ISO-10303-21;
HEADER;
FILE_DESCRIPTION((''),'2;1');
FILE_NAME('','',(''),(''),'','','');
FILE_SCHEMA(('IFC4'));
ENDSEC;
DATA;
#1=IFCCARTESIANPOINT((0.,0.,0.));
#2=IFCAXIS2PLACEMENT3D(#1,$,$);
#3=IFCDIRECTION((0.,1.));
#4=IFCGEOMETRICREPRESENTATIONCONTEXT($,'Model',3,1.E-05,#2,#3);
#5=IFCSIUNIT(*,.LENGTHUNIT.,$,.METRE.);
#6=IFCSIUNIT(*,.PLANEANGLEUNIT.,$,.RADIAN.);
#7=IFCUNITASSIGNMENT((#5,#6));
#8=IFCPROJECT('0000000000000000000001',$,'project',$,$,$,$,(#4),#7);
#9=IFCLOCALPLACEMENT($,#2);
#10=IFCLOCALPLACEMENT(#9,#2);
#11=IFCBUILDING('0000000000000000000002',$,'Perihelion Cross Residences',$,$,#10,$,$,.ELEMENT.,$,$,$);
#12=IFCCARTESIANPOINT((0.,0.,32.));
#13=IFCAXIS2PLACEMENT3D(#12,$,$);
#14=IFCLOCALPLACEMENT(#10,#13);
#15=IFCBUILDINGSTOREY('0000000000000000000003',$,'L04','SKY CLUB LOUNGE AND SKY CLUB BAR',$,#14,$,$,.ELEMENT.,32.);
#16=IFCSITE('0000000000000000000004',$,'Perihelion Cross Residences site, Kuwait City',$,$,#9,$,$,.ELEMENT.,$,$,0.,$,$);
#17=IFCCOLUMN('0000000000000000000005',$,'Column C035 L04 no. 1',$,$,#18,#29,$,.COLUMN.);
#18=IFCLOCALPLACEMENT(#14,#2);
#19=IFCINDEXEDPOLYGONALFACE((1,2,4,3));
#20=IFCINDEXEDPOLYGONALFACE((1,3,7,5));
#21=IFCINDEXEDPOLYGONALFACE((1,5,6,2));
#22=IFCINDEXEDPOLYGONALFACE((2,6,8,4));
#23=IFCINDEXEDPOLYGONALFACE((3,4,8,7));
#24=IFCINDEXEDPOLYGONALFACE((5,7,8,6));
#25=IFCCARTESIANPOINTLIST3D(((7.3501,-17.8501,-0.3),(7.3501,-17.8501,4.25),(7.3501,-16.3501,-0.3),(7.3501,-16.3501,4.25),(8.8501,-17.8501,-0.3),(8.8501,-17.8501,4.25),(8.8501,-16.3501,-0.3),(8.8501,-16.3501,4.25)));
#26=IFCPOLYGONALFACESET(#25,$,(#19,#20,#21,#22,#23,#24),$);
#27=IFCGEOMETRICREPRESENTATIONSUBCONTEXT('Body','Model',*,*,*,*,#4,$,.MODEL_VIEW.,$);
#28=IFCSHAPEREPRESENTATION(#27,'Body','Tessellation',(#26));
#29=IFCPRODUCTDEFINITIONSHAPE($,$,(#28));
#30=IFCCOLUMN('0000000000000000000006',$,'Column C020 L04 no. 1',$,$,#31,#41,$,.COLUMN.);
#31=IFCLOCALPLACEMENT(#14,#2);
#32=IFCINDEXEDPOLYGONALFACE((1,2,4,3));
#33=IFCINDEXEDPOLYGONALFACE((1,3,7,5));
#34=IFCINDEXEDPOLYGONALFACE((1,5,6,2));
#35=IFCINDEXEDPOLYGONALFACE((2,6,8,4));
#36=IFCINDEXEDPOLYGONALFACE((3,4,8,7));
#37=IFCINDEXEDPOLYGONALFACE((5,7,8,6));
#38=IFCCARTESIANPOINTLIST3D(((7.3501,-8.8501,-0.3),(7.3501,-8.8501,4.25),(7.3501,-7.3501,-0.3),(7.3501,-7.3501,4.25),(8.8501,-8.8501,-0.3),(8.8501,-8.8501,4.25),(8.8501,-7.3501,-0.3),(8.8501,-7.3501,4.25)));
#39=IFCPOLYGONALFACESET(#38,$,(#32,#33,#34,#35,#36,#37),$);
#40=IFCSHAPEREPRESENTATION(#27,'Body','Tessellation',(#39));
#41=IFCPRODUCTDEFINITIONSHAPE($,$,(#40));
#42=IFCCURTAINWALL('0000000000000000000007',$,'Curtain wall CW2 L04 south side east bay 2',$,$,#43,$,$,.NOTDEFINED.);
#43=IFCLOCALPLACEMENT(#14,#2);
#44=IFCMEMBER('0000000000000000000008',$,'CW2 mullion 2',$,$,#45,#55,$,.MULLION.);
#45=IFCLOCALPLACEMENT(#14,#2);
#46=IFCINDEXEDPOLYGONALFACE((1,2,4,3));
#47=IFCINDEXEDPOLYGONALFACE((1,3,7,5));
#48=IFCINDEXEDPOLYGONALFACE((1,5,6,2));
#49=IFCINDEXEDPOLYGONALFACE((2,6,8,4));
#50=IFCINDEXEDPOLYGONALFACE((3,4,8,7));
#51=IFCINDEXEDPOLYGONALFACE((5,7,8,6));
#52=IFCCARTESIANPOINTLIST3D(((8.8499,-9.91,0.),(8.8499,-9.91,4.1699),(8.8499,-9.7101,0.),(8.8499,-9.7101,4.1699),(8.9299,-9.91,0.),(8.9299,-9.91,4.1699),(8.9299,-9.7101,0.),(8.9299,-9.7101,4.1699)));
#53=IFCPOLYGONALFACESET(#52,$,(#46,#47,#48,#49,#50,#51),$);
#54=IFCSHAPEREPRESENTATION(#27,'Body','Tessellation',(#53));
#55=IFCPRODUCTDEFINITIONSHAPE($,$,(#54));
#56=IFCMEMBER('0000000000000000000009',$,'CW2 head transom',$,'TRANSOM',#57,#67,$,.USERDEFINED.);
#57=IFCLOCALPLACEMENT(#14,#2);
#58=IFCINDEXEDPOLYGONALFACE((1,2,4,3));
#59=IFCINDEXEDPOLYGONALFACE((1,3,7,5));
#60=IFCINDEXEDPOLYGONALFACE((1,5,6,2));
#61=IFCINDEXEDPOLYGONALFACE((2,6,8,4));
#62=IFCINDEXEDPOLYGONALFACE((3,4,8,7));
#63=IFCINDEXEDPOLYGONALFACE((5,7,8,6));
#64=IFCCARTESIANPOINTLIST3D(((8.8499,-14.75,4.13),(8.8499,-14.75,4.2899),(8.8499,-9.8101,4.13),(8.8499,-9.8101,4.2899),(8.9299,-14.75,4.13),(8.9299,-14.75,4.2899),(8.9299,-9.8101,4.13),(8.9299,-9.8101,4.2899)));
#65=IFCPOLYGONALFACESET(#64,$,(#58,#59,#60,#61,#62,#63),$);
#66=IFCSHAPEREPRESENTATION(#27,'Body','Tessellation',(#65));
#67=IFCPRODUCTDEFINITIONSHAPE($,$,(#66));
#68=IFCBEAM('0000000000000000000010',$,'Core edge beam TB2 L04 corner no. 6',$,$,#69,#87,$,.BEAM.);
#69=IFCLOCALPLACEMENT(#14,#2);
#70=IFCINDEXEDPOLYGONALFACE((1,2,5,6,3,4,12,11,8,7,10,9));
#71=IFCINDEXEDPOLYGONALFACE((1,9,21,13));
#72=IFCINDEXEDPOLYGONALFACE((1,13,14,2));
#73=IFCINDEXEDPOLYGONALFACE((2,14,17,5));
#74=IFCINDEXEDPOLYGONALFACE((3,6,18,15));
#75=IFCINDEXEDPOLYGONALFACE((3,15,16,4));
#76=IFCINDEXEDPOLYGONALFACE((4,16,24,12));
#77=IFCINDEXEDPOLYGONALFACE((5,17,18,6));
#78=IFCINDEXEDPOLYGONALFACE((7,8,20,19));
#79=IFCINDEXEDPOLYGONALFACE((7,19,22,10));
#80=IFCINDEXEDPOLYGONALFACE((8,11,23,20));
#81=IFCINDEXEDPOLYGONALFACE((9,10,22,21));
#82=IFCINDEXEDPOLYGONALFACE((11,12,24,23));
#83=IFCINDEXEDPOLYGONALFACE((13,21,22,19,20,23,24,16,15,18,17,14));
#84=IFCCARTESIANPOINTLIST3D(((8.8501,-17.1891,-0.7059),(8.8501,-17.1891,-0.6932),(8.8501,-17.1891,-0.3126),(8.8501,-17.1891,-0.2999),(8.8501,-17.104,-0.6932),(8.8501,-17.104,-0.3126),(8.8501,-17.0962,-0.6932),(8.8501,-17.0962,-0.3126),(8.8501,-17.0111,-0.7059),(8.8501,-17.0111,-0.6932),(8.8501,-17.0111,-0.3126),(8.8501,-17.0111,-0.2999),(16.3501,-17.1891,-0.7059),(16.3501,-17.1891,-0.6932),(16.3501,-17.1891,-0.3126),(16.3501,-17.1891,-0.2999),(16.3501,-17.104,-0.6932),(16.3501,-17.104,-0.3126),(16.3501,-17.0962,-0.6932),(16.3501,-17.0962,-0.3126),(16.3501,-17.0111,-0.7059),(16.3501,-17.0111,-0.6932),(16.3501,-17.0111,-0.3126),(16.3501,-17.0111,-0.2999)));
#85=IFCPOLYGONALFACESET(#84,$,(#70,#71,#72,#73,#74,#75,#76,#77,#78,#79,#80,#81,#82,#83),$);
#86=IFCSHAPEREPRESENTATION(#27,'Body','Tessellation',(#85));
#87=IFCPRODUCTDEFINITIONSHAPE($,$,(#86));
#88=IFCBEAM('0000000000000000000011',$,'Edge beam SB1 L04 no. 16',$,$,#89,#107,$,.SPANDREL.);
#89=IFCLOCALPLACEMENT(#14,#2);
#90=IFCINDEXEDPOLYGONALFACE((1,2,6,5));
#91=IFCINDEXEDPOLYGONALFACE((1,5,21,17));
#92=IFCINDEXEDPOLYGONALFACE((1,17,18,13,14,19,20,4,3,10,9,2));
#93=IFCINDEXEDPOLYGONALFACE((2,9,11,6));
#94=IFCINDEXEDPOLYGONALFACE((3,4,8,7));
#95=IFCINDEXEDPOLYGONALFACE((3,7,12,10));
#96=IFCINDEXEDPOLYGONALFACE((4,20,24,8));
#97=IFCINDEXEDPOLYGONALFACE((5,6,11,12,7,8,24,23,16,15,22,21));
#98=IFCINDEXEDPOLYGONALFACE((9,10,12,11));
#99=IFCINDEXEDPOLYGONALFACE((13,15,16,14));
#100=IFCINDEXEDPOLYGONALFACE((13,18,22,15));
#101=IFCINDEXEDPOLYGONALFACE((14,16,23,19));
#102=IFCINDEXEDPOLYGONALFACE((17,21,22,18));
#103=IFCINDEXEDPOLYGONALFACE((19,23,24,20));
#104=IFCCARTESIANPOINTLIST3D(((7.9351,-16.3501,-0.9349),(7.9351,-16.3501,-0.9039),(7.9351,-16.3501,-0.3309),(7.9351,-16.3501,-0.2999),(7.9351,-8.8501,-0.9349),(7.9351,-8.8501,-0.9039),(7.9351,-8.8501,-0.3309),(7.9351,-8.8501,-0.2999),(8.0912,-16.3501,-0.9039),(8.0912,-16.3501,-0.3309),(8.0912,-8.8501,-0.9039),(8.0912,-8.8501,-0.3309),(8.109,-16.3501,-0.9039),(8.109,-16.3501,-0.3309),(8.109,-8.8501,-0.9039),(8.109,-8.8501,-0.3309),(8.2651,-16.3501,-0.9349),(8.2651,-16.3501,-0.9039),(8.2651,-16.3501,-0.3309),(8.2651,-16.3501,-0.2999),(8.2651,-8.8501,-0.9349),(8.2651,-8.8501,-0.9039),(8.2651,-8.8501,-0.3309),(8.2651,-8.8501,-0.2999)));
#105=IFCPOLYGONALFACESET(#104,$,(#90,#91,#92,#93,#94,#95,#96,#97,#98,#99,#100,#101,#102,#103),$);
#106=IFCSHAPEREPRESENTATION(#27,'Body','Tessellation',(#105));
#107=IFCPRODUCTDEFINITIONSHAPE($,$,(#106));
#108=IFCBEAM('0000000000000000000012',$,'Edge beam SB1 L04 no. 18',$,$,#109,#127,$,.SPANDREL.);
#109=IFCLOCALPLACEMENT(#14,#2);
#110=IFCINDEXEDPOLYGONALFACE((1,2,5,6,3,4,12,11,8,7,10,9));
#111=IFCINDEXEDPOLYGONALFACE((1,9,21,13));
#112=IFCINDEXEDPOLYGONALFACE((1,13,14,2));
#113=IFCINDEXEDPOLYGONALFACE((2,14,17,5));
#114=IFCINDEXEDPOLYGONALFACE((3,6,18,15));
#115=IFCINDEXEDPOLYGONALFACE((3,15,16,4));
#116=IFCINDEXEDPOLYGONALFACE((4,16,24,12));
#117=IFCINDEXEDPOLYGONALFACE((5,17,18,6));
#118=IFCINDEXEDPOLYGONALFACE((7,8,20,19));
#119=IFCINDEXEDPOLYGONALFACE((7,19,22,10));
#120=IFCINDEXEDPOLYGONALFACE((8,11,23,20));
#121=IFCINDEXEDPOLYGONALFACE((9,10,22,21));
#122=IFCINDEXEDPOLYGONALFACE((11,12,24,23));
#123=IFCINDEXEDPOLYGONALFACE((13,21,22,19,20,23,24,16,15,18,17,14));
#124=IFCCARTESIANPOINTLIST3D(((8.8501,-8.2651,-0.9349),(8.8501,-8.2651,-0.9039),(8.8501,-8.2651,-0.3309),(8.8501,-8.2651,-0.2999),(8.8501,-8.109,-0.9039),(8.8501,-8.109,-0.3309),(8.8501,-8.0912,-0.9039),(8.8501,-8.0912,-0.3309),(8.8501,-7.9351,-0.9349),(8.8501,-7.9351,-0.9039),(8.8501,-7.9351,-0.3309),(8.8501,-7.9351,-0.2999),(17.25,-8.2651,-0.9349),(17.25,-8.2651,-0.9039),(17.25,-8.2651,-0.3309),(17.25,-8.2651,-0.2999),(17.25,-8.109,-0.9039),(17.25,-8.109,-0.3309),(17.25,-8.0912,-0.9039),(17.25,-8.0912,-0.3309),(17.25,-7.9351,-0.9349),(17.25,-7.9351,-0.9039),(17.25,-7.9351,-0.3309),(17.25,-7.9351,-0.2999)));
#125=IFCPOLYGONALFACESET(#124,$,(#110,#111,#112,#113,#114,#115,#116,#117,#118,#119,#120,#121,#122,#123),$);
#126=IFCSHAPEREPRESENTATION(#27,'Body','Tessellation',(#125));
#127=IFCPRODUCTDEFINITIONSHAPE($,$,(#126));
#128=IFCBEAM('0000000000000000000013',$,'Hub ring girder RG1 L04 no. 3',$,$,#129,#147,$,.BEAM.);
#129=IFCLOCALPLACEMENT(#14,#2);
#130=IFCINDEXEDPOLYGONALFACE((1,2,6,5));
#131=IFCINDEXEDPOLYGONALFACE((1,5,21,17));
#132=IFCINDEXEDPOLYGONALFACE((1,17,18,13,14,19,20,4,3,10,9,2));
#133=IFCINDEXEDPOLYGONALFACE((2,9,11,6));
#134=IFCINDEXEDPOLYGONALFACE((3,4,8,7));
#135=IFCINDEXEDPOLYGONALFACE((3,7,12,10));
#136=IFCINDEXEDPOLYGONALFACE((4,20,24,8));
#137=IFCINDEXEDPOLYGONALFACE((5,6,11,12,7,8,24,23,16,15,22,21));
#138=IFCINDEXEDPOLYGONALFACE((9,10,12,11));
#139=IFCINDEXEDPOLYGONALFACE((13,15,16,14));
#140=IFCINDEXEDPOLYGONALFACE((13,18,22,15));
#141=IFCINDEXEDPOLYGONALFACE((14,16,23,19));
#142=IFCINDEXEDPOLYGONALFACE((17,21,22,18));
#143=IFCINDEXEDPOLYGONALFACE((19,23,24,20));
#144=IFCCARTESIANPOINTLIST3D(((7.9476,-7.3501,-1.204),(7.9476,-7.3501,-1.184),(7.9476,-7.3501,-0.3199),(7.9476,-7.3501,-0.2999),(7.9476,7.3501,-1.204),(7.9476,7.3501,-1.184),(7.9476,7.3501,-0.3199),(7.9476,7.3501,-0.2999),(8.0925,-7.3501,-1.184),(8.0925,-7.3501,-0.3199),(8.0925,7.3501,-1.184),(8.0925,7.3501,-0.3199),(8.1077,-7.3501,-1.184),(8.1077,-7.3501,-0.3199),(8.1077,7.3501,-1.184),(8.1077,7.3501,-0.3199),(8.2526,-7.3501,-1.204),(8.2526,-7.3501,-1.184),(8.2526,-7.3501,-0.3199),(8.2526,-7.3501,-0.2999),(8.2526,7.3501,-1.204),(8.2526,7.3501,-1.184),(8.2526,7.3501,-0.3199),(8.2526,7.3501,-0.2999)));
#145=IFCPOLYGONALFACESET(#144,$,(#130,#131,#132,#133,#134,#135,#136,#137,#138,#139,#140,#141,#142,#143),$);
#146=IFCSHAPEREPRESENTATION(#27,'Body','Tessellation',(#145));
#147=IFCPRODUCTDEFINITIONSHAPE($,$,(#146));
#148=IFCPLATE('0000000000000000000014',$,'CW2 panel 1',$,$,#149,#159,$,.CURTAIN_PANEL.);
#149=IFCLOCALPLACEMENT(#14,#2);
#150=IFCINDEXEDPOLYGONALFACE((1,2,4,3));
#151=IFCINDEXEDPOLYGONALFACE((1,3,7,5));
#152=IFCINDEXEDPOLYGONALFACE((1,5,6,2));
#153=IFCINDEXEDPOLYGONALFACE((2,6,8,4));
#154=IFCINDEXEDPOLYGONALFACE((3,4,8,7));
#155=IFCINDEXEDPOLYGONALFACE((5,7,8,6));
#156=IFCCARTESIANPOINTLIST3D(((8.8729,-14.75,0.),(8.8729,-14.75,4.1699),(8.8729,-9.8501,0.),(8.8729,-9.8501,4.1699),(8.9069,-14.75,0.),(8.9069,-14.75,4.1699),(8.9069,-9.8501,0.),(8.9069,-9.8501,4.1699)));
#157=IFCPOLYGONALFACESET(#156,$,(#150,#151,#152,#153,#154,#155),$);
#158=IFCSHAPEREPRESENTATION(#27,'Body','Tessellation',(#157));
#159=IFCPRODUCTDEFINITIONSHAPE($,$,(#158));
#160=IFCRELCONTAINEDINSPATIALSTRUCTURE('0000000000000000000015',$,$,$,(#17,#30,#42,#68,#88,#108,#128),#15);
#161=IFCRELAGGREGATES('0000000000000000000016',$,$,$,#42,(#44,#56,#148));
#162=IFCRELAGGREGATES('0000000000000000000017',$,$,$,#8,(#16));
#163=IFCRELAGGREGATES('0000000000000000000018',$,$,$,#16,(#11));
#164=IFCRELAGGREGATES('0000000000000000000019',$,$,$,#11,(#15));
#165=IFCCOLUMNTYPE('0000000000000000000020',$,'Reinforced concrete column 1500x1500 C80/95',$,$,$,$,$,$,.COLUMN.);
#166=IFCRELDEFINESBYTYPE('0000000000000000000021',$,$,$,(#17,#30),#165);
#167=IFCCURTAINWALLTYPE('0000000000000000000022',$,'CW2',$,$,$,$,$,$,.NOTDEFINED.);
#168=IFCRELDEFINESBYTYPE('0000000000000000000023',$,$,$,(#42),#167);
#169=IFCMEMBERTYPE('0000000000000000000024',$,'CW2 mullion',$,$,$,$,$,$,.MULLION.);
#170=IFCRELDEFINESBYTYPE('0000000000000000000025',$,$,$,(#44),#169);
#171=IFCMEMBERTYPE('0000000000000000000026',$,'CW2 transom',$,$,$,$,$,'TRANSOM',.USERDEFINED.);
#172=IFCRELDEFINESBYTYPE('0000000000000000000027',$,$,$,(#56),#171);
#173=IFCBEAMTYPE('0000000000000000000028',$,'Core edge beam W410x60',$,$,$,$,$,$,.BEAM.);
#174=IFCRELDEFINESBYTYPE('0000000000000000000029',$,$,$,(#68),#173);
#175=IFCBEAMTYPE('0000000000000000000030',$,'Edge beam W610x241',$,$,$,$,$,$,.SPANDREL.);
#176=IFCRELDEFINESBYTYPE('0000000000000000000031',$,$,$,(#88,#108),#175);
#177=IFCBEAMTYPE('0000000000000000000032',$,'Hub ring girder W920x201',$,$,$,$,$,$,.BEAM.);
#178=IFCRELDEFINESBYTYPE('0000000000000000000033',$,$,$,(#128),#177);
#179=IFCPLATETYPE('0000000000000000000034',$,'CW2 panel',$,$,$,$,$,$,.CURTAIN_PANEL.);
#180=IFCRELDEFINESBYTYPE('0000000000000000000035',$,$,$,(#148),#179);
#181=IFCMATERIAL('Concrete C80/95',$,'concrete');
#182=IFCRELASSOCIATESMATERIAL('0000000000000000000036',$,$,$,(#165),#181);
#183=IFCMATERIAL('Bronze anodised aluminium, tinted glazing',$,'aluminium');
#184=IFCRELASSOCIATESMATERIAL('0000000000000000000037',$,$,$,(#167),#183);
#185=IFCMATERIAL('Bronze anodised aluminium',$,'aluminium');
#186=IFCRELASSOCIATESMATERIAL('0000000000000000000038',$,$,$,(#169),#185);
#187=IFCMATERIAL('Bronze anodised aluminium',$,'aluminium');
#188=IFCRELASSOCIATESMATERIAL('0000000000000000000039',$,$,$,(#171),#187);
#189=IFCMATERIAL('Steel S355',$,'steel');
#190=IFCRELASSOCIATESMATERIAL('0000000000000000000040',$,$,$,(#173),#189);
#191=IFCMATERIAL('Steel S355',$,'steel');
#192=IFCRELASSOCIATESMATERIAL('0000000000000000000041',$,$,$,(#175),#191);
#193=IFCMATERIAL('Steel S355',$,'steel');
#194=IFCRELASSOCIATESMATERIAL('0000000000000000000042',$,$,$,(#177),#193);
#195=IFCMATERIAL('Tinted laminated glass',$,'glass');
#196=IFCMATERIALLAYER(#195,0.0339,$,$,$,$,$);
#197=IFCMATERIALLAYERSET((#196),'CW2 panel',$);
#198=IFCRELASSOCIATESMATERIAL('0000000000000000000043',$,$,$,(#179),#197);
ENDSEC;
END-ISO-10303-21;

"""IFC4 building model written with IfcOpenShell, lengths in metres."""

from ifc_helpers import new_model, si_unit, direction, frame, origin, origin_2d, place, context, subcontext, project, spatial, rectangle, i_section, extrude, material, layer, layer_set, material_profile, profile_set, type_object, element, aggregate, save


model = new_model("IFC4")

# Units and contexts
model_context = context("Model", 3, precision=1e-05, world=origin(), true_north=direction((0.0, 1.0)))
body_context = subcontext(model_context, "Body", "Model", "MODEL_VIEW")
ifc_project = project(units=[si_unit("LENGTHUNIT", "METRE"), si_unit("PLANEANGLEUNIT", "RADIAN")], contexts=[model_context])

# Site, building, storey
site_placement = place(None, origin())
site = spatial("IfcSite", under=ifc_project, at=site_placement, Name="Perihelion Cross Residences site, Kuwait City", CompositionType="ELEMENT", RefElevation=0.0)
building_placement = place(site_placement, origin())
building = spatial("IfcBuilding", under=site, at=building_placement, Name="Perihelion Cross Residences", CompositionType="ELEMENT")
storey_placement = place(building_placement, frame((0.0, 0.0, 32.0)))
storey = spatial("IfcBuildingStorey", under=building, at=storey_placement, Name="L04", Description="SKY CLUB LOUNGE AND SKY CLUB BAR", CompositionType="ELEMENT", Elevation=32.0)

# Columns
ifc_material_1 = material(Name="Concrete C80/95", Category="concrete")
ifc_material_profile_1 = material_profile(ifc_material_1, rectangle(XDim=1.5, YDim=1.5, at=origin_2d()), Name="RC 1500x1500")
ifc_profile_set_1 = profile_set([ifc_material_profile_1], Name="Concrete C80/95")
column_type = type_object("IfcColumnType", Name="Reinforced concrete column 1500x1500 C80/95", PredefinedType="COLUMN", material=ifc_profile_set_1)
for number, where, z_axis, x_axis, name in (
    (1, (8.1001, -17.1001, -0.3), (0.0, 0.0, 1.0), (1.0, 0.0, 0.0), "Column C035 L04 no. 1"),
    (2, (8.1001, -8.1001, -0.3), (0.0, 0.0, 1.0), (1.0, 0.0, 0.0), "Column C020 L04 no. 1"),
):
    element("IfcColumn", number, at=place(storey_placement, frame(where, z_axis=z_axis, x_axis=x_axis)), inside=storey, type_object=column_type, Name=name, PredefinedType="COLUMN", context=body_context, shape_type="SweptSolid", body=[
        extrude(rectangle(XDim=1.5, YDim=1.5, at=origin_2d()), origin(), (0.0, 0.0, 1.0), 4.55),
    ])

# Curtain wall, members
ifc_material_2 = material(Name="Bronze anodised aluminium, tinted glazing", Category="aluminium")
curtain_wall_type = type_object("IfcCurtainWallType", Name="CW2", PredefinedType="NOTDEFINED", material=ifc_material_2)
curtain_wall_placement = place(storey_placement, origin())
curtain_wall = element("IfcCurtainWall", 3, at=curtain_wall_placement, inside=storey, type_object=curtain_wall_type, Name="Curtain wall CW2 L04 south side east bay 2", PredefinedType="NOTDEFINED")
ifc_material_3 = material(Name="Bronze anodised aluminium", Category="aluminium")
ifc_material_profile_2 = material_profile(ifc_material_3, rectangle(XDim=0.0801, YDim=0.2, at=origin_2d()), Name="CW2 mullion")
ifc_profile_set_2 = profile_set([ifc_material_profile_2], Name="Bronze anodised aluminium")
member_type_1 = type_object("IfcMemberType", Name="CW2 mullion", PredefinedType="MULLION", material=ifc_profile_set_2)
member_1_placement = place(storey_placement, frame((8.8899, -9.8101, 0.0), z_axis=(0.0, 0.0, 1.0), x_axis=(-1.0, 0.0, 0.0)))
member_1 = element("IfcMember", 4, at=member_1_placement, type_object=member_type_1, Name="CW2 mullion 2", PredefinedType="MULLION", context=body_context, shape_type="SweptSolid", body=[
    extrude(rectangle(XDim=0.0801, YDim=0.2, at=origin_2d()), origin(), (0.0, 0.0, 1.0), 4.1699),
])
ifc_material_4 = material(Name="Bronze anodised aluminium", Category="aluminium")
ifc_material_profile_3 = material_profile(ifc_material_4, rectangle(XDim=0.0801, YDim=0.1599, at=origin_2d()), Name="CW2 transom")
ifc_profile_set_3 = profile_set([ifc_material_profile_3], Name="Bronze anodised aluminium")
member_type_2 = type_object("IfcMemberType", Name="CW2 transom", ElementType="TRANSOM", PredefinedType="USERDEFINED", material=ifc_profile_set_3)
member_2_placement = place(storey_placement, frame((8.8899, -14.75, 4.21), z_axis=(0.0, 1.0, 0.0), x_axis=(-1.0, 0.0, 0.0)))
member_2 = element("IfcMember", 5, at=member_2_placement, type_object=member_type_2, Name="CW2 head transom", ObjectType="TRANSOM", PredefinedType="USERDEFINED", context=body_context, shape_type="SweptSolid", body=[
    extrude(rectangle(XDim=0.0801, YDim=0.1599, at=origin_2d()), origin(), (0.0, 0.0, 1.0), 4.9399),
])

# Beams
ifc_material_5 = material(Name="Steel S355", Category="steel")
ifc_material_profile_4 = material_profile(ifc_material_5, i_section(OverallWidth=0.178, OverallDepth=0.406, WebThickness=0.0078, FlangeThickness=0.0127, at=origin_2d()), Name="W410x60")
ifc_profile_set_4 = profile_set([ifc_material_profile_4], Name="Steel S355")
beam_type_1 = type_object("IfcBeamType", Name="Core edge beam W410x60", PredefinedType="BEAM", material=ifc_profile_set_4)
beam_1_placement = place(storey_placement, frame((8.8501, -17.1001, -0.5029), z_axis=(1.0, 0.0, 0.0), x_axis=(0.0, 1.0, 0.0)))
element("IfcBeam", 6, at=beam_1_placement, inside=storey, type_object=beam_type_1, Name="Core edge beam TB2 L04 corner no. 6", PredefinedType="BEAM", context=body_context, shape_type="SweptSolid", body=[
    extrude(i_section(OverallWidth=0.178, OverallDepth=0.406, WebThickness=0.0078, FlangeThickness=0.0127, at=origin_2d()), origin(), (0.0, 0.0, 1.0), 7.5),
])
ifc_material_6 = material(Name="Steel S355", Category="steel")
ifc_material_profile_5 = material_profile(ifc_material_6, i_section(OverallWidth=0.3301, OverallDepth=0.635, WebThickness=0.0178, FlangeThickness=0.031, at=origin_2d()), Name="W610x241")
ifc_profile_set_5 = profile_set([ifc_material_profile_5], Name="Steel S355")
beam_type_2 = type_object("IfcBeamType", Name="Edge beam W610x241", PredefinedType="SPANDREL", material=ifc_profile_set_5)
beam_2_placement = place(storey_placement, frame((8.1001, -16.3501, -0.6174), z_axis=(0.0, 1.0, 0.0), x_axis=(-1.0, 0.0, 0.0)))
element("IfcBeam", 7, at=beam_2_placement, inside=storey, type_object=beam_type_2, Name="Edge beam SB1 L04 no. 16", PredefinedType="SPANDREL", context=body_context, shape_type="SweptSolid", body=[
    extrude(i_section(OverallWidth=0.3301, OverallDepth=0.635, WebThickness=0.0178, FlangeThickness=0.031, at=origin_2d()), origin(), (0.0, 0.0, 1.0), 7.5),
])
beam_3_placement = place(storey_placement, frame((8.8501, -8.1001, -0.6174), z_axis=(1.0, 0.0, 0.0), x_axis=(0.0, 1.0, 0.0)))
element("IfcBeam", 8, at=beam_3_placement, inside=storey, type_object=beam_type_2, Name="Edge beam SB1 L04 no. 18", PredefinedType="SPANDREL", context=body_context, shape_type="SweptSolid", body=[
    extrude(i_section(OverallWidth=0.3301, OverallDepth=0.635, WebThickness=0.0178, FlangeThickness=0.031, at=origin_2d()), origin(), (0.0, 0.0, 1.0), 8.3999),
])
ifc_material_7 = material(Name="Steel S355", Category="steel")
ifc_material_profile_6 = material_profile(ifc_material_7, i_section(OverallWidth=0.3049, OverallDepth=0.9041, WebThickness=0.0151, FlangeThickness=0.02, at=origin_2d()), Name="W920x201")
ifc_profile_set_6 = profile_set([ifc_material_profile_6], Name="Steel S355")
beam_type_3 = type_object("IfcBeamType", Name="Hub ring girder W920x201", PredefinedType="BEAM", material=ifc_profile_set_6)
beam_4_placement = place(storey_placement, frame((8.1001, -7.3501, -0.752), z_axis=(0.0, 1.0, 0.0), x_axis=(-1.0, 0.0, 0.0)))
element("IfcBeam", 9, at=beam_4_placement, inside=storey, type_object=beam_type_3, Name="Hub ring girder RG1 L04 no. 3", PredefinedType="BEAM", context=body_context, shape_type="SweptSolid", body=[
    extrude(i_section(OverallWidth=0.3049, OverallDepth=0.9041, WebThickness=0.0151, FlangeThickness=0.02, at=origin_2d()), origin(), (0.0, 0.0, 1.0), 14.7002),
])

# Plate
ifc_material_8 = material(Name="Tinted laminated glass", Category="glass")
ifc_layer_1 = layer(ifc_material_8, 0.0339)
ifc_layer_set_1 = layer_set([ifc_layer_1], Name="CW2 panel")
plate_type = type_object("IfcPlateType", Name="CW2 panel", PredefinedType="CURTAIN_PANEL", material=ifc_layer_set_1)
plate_placement = place(storey_placement, frame((8.8899, -12.3, 0.0), z_axis=(0.0, 0.0, 1.0), x_axis=(0.0, 1.0, 0.0)))
plate = element("IfcPlate", 10, at=plate_placement, type_object=plate_type, Name="CW2 panel 1", PredefinedType="CURTAIN_PANEL", context=body_context, shape_type="SweptSolid", body=[
    extrude(rectangle(XDim=4.8999, YDim=0.0339, at=origin_2d()), origin(), (0.0, 0.0, 1.0), 4.1699),
])
aggregate(curtain_wall, [member_1, member_2, plate])

save(model, "model.ifc")
